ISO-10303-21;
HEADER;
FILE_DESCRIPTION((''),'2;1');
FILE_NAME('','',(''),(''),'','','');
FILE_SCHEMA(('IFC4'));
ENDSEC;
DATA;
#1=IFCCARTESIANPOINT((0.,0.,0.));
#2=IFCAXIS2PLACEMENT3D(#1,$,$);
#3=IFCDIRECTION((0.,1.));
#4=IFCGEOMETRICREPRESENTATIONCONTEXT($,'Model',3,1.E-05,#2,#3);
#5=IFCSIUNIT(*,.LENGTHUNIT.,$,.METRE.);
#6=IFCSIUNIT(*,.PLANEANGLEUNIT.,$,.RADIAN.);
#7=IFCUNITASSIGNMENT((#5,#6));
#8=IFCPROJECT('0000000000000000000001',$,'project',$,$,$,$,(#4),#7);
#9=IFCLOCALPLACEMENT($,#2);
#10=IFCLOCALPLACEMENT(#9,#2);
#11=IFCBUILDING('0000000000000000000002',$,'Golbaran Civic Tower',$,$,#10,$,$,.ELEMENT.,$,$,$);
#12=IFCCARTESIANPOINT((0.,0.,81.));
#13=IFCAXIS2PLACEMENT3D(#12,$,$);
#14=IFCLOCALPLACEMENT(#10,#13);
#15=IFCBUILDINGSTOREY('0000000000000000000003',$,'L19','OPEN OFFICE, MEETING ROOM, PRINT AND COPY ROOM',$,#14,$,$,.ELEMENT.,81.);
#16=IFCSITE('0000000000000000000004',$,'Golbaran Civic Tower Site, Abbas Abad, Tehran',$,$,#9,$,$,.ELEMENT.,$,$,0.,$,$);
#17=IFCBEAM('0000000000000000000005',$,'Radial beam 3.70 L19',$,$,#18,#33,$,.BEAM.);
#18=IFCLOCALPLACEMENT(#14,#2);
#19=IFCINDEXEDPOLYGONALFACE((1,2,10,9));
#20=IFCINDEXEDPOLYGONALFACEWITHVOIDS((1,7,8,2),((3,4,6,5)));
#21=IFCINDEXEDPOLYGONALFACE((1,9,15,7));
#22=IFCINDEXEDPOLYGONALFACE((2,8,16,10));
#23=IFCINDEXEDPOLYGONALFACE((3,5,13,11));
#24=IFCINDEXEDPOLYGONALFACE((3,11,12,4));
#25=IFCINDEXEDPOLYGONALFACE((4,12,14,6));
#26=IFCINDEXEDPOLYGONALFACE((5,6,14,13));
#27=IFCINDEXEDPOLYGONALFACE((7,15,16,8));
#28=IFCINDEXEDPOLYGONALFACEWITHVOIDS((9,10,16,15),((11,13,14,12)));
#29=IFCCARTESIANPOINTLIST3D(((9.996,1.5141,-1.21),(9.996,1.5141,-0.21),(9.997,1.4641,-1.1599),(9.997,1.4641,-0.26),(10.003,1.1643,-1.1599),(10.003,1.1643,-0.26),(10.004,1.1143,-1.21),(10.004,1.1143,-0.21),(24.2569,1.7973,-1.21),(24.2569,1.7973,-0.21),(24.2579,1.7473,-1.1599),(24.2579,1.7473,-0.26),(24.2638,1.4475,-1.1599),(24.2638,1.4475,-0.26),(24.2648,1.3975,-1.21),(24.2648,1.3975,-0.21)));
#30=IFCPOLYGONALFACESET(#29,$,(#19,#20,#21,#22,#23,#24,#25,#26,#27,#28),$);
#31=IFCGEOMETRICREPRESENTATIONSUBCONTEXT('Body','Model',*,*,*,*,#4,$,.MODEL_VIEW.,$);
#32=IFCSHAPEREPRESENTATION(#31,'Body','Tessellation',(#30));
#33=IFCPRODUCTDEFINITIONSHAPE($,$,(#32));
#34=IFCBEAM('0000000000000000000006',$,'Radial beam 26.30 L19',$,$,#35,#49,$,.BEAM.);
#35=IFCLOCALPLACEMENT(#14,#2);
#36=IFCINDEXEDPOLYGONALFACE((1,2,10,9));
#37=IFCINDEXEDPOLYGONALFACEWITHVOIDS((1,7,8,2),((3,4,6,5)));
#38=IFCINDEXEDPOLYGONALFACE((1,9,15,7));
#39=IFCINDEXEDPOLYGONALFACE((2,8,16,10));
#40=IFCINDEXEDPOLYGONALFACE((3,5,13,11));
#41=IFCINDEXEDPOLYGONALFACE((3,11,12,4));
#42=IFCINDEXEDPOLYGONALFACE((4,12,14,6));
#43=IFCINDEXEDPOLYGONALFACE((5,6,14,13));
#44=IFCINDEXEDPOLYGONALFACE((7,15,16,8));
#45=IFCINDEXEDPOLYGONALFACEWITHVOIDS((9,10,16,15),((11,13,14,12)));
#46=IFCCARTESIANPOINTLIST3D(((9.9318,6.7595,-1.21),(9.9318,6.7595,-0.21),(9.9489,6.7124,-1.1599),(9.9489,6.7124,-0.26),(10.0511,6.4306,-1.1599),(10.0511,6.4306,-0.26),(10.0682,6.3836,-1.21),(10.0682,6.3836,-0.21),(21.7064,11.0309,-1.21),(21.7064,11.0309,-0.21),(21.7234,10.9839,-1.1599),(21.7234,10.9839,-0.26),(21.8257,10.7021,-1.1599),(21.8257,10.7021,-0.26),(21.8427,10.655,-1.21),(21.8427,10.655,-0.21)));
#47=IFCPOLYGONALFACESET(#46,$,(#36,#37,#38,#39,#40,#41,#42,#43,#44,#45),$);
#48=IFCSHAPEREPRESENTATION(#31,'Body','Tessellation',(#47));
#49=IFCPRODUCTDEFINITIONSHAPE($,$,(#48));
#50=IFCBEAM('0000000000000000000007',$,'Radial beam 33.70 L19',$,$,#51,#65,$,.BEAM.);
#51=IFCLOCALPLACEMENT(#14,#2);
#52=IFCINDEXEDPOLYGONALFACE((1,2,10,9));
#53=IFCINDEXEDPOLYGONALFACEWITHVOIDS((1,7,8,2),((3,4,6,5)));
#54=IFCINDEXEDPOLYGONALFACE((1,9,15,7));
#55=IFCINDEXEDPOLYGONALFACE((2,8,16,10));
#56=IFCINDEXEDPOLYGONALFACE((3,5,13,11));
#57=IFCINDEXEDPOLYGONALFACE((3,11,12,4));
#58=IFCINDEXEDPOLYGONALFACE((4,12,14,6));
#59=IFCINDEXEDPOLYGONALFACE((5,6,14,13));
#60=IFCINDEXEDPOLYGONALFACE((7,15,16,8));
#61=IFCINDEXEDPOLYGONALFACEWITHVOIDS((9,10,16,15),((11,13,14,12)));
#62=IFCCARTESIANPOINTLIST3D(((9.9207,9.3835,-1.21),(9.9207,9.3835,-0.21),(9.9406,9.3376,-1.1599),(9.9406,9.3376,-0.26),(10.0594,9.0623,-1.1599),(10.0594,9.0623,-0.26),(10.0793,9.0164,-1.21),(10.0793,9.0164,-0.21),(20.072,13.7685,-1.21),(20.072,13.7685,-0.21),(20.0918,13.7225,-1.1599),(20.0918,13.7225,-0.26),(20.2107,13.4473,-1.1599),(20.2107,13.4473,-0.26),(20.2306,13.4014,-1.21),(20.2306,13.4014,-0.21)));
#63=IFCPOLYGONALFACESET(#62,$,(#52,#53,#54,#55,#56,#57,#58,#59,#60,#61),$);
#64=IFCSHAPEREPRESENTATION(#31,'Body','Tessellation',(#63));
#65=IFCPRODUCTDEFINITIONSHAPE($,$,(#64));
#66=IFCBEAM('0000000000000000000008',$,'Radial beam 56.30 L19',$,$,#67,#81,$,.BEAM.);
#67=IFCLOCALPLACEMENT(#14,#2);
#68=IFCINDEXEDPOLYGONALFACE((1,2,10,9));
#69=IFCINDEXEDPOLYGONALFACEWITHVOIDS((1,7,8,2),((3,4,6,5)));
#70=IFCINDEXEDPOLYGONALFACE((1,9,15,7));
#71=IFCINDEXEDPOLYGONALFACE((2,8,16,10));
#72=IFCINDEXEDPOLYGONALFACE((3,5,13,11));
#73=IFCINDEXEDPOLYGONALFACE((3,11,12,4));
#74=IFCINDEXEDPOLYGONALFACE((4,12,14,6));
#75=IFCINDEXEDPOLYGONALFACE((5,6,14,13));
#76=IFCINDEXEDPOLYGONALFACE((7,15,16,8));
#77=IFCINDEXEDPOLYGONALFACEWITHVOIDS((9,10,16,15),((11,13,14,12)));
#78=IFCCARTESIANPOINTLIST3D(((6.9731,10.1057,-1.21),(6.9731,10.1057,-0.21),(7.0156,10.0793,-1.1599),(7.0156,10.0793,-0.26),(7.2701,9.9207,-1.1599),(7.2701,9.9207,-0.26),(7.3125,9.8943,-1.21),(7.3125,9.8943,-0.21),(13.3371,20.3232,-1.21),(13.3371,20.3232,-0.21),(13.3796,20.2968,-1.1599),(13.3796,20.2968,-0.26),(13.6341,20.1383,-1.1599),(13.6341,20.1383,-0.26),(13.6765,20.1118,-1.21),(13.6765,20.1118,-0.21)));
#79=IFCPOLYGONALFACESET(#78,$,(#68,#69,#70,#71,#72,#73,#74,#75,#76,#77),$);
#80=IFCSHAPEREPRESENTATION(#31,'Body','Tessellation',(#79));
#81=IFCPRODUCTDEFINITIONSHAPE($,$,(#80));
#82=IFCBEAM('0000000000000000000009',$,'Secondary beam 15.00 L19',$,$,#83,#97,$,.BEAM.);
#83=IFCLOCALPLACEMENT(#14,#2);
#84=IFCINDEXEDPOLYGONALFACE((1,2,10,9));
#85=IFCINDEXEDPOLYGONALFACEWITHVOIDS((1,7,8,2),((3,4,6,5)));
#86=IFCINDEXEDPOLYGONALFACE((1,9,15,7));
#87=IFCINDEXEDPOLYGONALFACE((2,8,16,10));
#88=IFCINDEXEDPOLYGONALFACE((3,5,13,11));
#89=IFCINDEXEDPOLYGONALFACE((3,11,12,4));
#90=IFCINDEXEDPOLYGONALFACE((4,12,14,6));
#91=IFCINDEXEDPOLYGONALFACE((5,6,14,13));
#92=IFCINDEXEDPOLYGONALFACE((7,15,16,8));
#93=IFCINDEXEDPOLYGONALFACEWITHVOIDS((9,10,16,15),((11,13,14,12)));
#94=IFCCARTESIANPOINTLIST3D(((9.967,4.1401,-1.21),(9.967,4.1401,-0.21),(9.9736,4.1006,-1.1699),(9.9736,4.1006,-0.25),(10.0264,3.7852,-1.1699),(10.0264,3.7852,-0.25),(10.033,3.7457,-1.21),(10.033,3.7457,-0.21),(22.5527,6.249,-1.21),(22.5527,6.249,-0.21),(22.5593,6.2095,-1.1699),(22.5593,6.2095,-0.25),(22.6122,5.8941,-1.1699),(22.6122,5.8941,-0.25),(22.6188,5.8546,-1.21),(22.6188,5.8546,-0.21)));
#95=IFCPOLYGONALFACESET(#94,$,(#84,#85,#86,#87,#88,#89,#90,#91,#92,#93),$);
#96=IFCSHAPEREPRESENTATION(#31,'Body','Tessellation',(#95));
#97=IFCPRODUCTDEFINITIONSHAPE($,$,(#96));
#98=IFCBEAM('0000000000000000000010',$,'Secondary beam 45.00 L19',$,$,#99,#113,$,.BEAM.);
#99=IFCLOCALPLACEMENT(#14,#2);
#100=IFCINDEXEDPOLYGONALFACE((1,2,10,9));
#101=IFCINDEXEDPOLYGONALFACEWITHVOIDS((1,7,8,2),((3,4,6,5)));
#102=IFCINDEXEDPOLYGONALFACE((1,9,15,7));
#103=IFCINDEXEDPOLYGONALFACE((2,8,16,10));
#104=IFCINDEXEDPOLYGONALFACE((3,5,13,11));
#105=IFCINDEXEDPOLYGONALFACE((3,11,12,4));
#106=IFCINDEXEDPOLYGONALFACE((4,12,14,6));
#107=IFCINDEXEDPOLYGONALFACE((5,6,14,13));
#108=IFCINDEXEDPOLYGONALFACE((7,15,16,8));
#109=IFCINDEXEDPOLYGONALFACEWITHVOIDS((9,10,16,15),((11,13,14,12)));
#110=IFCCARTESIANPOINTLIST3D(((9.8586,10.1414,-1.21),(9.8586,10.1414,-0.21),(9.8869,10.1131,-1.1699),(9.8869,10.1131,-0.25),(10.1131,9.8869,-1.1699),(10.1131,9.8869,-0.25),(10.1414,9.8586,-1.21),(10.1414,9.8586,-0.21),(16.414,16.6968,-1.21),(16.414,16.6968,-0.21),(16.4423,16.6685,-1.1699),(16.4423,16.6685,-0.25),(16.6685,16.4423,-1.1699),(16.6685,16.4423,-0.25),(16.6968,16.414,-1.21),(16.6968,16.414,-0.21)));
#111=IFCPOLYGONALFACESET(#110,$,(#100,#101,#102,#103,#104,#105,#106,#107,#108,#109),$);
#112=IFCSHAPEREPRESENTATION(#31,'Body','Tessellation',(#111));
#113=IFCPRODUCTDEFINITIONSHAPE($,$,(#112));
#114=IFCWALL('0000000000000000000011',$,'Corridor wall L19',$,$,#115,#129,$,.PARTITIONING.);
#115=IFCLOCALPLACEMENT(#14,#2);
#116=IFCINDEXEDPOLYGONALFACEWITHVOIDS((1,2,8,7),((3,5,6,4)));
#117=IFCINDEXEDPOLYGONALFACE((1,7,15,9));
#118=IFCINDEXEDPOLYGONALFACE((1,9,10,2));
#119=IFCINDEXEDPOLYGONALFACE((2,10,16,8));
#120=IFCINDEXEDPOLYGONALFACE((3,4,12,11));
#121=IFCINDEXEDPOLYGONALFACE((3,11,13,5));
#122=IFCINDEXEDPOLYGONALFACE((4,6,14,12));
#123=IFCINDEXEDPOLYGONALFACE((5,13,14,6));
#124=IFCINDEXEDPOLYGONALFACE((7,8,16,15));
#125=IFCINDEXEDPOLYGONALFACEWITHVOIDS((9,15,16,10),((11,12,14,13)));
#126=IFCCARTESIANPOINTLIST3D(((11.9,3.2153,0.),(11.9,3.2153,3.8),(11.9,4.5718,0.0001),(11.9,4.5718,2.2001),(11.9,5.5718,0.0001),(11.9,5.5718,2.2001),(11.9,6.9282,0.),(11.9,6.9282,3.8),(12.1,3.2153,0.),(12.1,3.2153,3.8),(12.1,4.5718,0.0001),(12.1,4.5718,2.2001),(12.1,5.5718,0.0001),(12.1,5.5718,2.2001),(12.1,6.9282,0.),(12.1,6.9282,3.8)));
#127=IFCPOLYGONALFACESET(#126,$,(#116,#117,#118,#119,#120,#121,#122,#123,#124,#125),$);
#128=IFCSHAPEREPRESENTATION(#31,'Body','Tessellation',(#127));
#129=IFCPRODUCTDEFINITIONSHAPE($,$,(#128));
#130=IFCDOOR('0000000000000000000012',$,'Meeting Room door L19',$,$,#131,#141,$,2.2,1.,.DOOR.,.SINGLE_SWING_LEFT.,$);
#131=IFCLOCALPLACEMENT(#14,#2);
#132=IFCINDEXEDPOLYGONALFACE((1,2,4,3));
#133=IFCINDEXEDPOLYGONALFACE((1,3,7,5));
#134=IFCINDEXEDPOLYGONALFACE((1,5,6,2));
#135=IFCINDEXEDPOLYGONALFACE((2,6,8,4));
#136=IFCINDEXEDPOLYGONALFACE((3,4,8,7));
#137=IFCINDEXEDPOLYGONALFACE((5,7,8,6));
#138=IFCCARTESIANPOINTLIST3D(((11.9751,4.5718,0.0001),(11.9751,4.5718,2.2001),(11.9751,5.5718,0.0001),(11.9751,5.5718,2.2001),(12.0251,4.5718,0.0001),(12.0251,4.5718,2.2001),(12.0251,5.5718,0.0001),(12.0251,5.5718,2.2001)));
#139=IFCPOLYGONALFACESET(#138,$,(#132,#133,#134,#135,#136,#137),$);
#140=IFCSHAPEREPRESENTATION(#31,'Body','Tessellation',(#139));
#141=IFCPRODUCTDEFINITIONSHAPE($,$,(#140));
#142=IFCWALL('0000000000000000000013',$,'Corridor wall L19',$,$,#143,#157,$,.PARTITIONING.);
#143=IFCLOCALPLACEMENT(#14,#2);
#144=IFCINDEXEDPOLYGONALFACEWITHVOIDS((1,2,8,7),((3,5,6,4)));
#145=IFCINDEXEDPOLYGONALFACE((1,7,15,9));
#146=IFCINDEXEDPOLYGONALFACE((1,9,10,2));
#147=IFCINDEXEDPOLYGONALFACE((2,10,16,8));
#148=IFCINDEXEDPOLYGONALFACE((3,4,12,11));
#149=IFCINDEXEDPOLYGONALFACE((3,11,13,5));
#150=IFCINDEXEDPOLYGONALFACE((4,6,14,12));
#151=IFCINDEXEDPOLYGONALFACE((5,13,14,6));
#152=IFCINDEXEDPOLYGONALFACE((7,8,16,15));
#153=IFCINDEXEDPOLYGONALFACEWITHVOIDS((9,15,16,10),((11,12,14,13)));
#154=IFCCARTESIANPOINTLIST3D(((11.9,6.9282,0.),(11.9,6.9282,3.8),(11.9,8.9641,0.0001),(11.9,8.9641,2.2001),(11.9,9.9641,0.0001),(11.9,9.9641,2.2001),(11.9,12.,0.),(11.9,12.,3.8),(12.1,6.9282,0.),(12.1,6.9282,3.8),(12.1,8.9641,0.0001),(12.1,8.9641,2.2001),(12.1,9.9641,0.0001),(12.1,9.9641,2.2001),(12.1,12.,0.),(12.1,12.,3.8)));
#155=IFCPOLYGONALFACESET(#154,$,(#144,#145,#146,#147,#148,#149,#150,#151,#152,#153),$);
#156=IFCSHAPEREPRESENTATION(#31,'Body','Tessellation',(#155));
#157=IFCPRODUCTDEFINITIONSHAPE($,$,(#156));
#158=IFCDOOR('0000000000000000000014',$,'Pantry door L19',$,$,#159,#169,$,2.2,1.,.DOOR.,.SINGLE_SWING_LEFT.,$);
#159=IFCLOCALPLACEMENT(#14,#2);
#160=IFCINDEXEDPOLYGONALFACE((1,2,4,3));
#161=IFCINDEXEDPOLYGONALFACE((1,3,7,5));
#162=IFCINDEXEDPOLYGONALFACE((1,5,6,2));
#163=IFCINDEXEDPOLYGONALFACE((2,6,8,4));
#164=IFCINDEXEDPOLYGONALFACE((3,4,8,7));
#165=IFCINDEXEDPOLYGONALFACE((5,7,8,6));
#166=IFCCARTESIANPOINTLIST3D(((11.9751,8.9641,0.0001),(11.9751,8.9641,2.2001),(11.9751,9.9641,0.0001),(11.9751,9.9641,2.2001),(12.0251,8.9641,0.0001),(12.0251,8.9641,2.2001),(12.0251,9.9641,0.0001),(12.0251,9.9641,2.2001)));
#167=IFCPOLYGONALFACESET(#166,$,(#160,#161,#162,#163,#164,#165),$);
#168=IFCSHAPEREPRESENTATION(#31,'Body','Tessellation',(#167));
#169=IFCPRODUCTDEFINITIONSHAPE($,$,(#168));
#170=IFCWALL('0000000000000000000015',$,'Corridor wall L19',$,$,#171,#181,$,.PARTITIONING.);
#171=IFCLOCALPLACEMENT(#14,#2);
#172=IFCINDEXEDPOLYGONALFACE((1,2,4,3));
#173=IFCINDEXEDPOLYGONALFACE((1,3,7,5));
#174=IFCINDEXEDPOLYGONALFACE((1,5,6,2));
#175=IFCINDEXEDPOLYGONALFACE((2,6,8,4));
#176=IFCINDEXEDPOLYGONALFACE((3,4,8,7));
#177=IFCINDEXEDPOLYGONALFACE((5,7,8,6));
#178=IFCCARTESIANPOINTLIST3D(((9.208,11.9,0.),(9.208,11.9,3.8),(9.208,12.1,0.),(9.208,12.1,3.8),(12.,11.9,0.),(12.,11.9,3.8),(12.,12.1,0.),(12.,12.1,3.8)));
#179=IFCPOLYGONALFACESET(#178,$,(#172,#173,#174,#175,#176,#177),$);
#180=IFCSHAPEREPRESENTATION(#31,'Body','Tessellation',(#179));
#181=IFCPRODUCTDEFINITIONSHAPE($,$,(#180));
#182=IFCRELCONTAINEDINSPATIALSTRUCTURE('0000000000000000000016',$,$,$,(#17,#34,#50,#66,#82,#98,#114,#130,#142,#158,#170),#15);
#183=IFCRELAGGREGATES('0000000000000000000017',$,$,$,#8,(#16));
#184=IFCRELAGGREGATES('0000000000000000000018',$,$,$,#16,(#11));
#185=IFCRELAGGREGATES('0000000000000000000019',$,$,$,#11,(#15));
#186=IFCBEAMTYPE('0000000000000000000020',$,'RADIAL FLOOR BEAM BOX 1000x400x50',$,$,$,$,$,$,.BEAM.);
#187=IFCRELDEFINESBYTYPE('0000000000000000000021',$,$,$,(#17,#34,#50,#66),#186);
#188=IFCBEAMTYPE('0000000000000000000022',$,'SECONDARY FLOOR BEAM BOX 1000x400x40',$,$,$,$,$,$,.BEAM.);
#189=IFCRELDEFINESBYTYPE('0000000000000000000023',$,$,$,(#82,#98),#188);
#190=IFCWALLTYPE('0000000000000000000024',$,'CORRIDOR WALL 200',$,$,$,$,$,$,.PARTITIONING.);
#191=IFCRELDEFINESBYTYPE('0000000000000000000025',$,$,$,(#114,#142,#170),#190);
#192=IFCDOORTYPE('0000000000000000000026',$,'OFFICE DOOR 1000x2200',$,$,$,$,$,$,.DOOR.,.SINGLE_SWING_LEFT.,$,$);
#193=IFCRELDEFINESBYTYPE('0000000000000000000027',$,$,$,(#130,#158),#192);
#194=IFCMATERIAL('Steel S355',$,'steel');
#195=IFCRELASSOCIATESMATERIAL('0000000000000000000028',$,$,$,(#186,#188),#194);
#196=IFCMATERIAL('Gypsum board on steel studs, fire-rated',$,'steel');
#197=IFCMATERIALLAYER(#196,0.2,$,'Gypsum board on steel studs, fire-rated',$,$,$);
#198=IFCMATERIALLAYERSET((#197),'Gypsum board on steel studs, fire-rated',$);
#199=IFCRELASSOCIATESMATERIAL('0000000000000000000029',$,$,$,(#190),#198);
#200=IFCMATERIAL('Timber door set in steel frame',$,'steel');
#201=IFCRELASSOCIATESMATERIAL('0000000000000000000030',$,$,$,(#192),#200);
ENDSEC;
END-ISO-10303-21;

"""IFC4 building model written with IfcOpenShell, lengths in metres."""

from ifc_helpers import new_model, si_unit, direction, frame, frame_2d, origin, origin_2d, place, context, subcontext, project, spatial, rectangle, hollow_rectangle, extrude, material, layer, layer_set, material_profile, profile_set, type_object, element, fill, save


model = new_model("IFC4")

# Units and contexts
model_context = context("Model", 3, precision=1e-05, world=origin(), true_north=direction((0.0, 1.0)))
body_context = subcontext(model_context, "Body", "Model", "MODEL_VIEW")
ifc_project = project(units=[si_unit("LENGTHUNIT", "METRE"), si_unit("PLANEANGLEUNIT", "RADIAN")], contexts=[model_context])

# Site, building, storey
site_placement = place(None, origin())
site = spatial("IfcSite", under=ifc_project, at=site_placement, Name="Golbaran Civic Tower Site, Abbas Abad, Tehran", CompositionType="ELEMENT", RefElevation=0.0)
building_placement = place(site_placement, origin())
building = spatial("IfcBuilding", under=site, at=building_placement, Name="Golbaran Civic Tower", CompositionType="ELEMENT")
storey_placement = place(building_placement, frame((0.0, 0.0, 81.0)))
storey = spatial("IfcBuildingStorey", under=building, at=storey_placement, Name="L19", Description="OPEN OFFICE, MEETING ROOM, PRINT AND COPY ROOM", CompositionType="ELEMENT", Elevation=81.0)

# Beams
ifc_material_1 = material(Name="Steel S355", Category="steel")
ifc_material_profile_1 = material_profile(ifc_material_1, hollow_rectangle(XDim=0.3999, YDim=1.0, WallThickness=0.05, at=origin_2d()), Name="BOX 1000x400x50")
ifc_profile_set_1 = profile_set([ifc_material_profile_1], Name="Steel S355")
beam_type_1 = type_object("IfcBeamType", Name="RADIAL FLOOR BEAM BOX 1000x400x50", PredefinedType="BEAM", material=ifc_profile_set_1)
beam_1_placement = place(storey_placement, frame((10.0, 1.3142, -0.71), z_axis=(0.999803, 0.019855, 0.0), x_axis=(-0.019855, 0.999803, 0.0)))
element("IfcBeam", 1, at=beam_1_placement, inside=storey, type_object=beam_type_1, Name="Radial beam 3.70 L19", PredefinedType="BEAM", context=body_context, shape_type="SweptSolid", body=[
    extrude(hollow_rectangle(XDim=0.3999, YDim=1.0, WallThickness=0.05, at=origin_2d()), origin(), (0.0, 0.0, 1.0), 14.2637),
])
beam_2_placement = place(storey_placement, frame((10.0, 6.5715, -0.71), z_axis=(0.940055, 0.341023, 0.0), x_axis=(-0.341023, 0.940055, 0.0)))
element("IfcBeam", 2, at=beam_2_placement, inside=storey, type_object=beam_type_1, Name="Radial beam 26.30 L19", PredefinedType="BEAM", context=body_context, shape_type="SweptSolid", body=[
    extrude(hollow_rectangle(XDim=0.3999, YDim=1.0, WallThickness=0.05, at=origin_2d()), origin(), (0.0, 0.0, 1.0), 12.5254),
])
beam_3_placement = place(storey_placement, frame((10.0, 9.2, -0.71), z_axis=(0.918014, 0.396548, 0.0), x_axis=(-0.396548, 0.918014, 0.0)))
element("IfcBeam", 3, at=beam_3_placement, inside=storey, type_object=beam_type_1, Name="Radial beam 33.70 L19", PredefinedType="BEAM", context=body_context, shape_type="SweptSolid", body=[
    extrude(hollow_rectangle(XDim=0.3999, YDim=1.0, WallThickness=0.05, at=origin_2d()), origin(), (0.0, 0.0, 1.0), 11.0579),
])
beam_4_placement = place(storey_placement, frame((7.1428, 10.0, -0.71), z_axis=(0.528688, 0.848817, 0.0), x_axis=(-0.848817, 0.528688, 0.0)))
element("IfcBeam", 4, at=beam_4_placement, inside=storey, type_object=beam_type_1, Name="Radial beam 56.30 L19", PredefinedType="BEAM", context=body_context, shape_type="SweptSolid", body=[
    extrude(hollow_rectangle(XDim=0.3999, YDim=1.0, WallThickness=0.05, at=origin_2d()), origin(), (0.0, 0.0, 1.0), 12.0374),
])
ifc_material_profile_2 = material_profile(ifc_material_1, hollow_rectangle(XDim=0.3999, YDim=1.0, WallThickness=0.04, at=origin_2d()), Name="BOX 1000x400x40")
ifc_profile_set_2 = profile_set([ifc_material_profile_2], Name="Steel S355")
beam_type_2 = type_object("IfcBeamType", Name="SECONDARY FLOOR BEAM BOX 1000x400x40", PredefinedType="BEAM", material=ifc_profile_set_2)
beam_5_placement = place(storey_placement, frame((10.0, 3.9429, -0.71), z_axis=(0.98625, 0.165258, 0.0), x_axis=(-0.165258, 0.98625, 0.0)))
element("IfcBeam", 5, at=beam_5_placement, inside=storey, type_object=beam_type_2, Name="Secondary beam 15.00 L19", PredefinedType="BEAM", context=body_context, shape_type="SweptSolid", body=[
    extrude(hollow_rectangle(XDim=0.3999, YDim=1.0, WallThickness=0.04, at=origin_2d()), origin(), (0.0, 0.0, 1.0), 12.7612),
])
beam_6_placement = place(storey_placement, frame((10.0, 10.0, -0.71), z_axis=(0.707107, 0.707107, 0.0), x_axis=(-0.707107, 0.707107, 0.0)))
element("IfcBeam", 6, at=beam_6_placement, inside=storey, type_object=beam_type_2, Name="Secondary beam 45.00 L19", PredefinedType="BEAM", context=body_context, shape_type="SweptSolid", body=[
    extrude(hollow_rectangle(XDim=0.3999, YDim=1.0, WallThickness=0.04, at=origin_2d()), origin(), (0.0, 0.0, 1.0), 9.2708),
])

# Walls, openings, doors
ifc_material_2 = material(Name="Gypsum board on steel studs, fire-rated", Category="steel")
ifc_layer_1 = layer(ifc_material_2, 0.2, Name="Gypsum board on steel studs, fire-rated")
ifc_layer_set_1 = layer_set([ifc_layer_1], Name="Gypsum board on steel studs, fire-rated")
wall_type_1 = type_object("IfcWallType", Name="CORRIDOR WALL 200", PredefinedType="PARTITIONING", material=ifc_layer_set_1)
wall_1_placement = place(storey_placement, frame((12.0, 3.2153, 0.0), z_axis=(0.0, 0.0, 1.0), x_axis=(0.0, 1.0, 0.0)))
wall_1 = element("IfcWall", 7, at=wall_1_placement, inside=storey, type_object=wall_type_1, Name="Corridor wall L19", PredefinedType="PARTITIONING", context=body_context, shape_type="SweptSolid", body=[
    extrude(rectangle(XDim=3.7129, YDim=0.2, at=frame_2d((1.8564, 0.0))), origin(), (0.0, 0.0, 1.0), 3.8),
])
opening_1_placement = place(wall_1_placement, frame((1.3564, 0.0, 0.0)))
opening_1 = element("IfcOpeningElement", 8, at=opening_1_placement, cuts=wall_1, PredefinedType="OPENING", context=body_context, shape_type="SweptSolid", body=[
    extrude(rectangle(XDim=1.0, YDim=2.2, at=frame_2d((0.5, 1.1001))), frame((0.0, 0.1099, 0.0), z_axis=(0.0, -1.0, 0.0), x_axis=(1.0, 0.0, 0.0)), (0.0, 0.0, 1.0), 0.22),
])
ifc_material_3 = material(Name="Timber door set in steel frame", Category="steel")
door_type_1 = type_object("IfcDoorType", Name="OFFICE DOOR 1000x2200", OperationType="SINGLE_SWING_LEFT", PredefinedType="DOOR", material=ifc_material_3)
door_1_placement = place(opening_1_placement, origin())
door_1 = element("IfcDoor", 9, at=door_1_placement, inside=storey, type_object=door_type_1, Name="Meeting Room door L19", OperationType="SINGLE_SWING_LEFT", OverallHeight=2.2, OverallWidth=1.0, PredefinedType="DOOR", context=body_context, shape_type="SweptSolid", body=[
    extrude(rectangle(XDim=1.0, YDim=2.2, at=frame_2d((0.5, 1.1001))), frame((0.0, 0.0249, 0.0), z_axis=(0.0, -1.0, 0.0), x_axis=(1.0, 0.0, 0.0)), (0.0, 0.0, 1.0), 0.05),
])
fill(opening_1, door_1)
wall_2_placement = place(storey_placement, frame((12.0, 6.9282, 0.0), z_axis=(0.0, 0.0, 1.0), x_axis=(0.0, 1.0, 0.0)))
wall_2 = element("IfcWall", 10, at=wall_2_placement, inside=storey, type_object=wall_type_1, Name="Corridor wall L19", PredefinedType="PARTITIONING", context=body_context, shape_type="SweptSolid", body=[
    extrude(rectangle(XDim=5.0718, YDim=0.2, at=frame_2d((2.5359, 0.0))), origin(), (0.0, 0.0, 1.0), 3.8),
])
opening_2_placement = place(wall_2_placement, frame((2.0359, 0.0, 0.0)))
opening_2 = element("IfcOpeningElement", 11, at=opening_2_placement, cuts=wall_2, PredefinedType="OPENING", context=body_context, shape_type="SweptSolid", body=[
    extrude(rectangle(XDim=1.0, YDim=2.2, at=frame_2d((0.5, 1.1001))), frame((0.0, 0.1099, 0.0), z_axis=(0.0, -1.0, 0.0), x_axis=(1.0, 0.0, 0.0)), (0.0, 0.0, 1.0), 0.22),
])
door_2_placement = place(opening_2_placement, origin())
door_2 = element("IfcDoor", 12, at=door_2_placement, inside=storey, type_object=door_type_1, Name="Pantry door L19", OperationType="SINGLE_SWING_LEFT", OverallHeight=2.2, OverallWidth=1.0, PredefinedType="DOOR", context=body_context, shape_type="SweptSolid", body=[
    extrude(rectangle(XDim=1.0, YDim=2.2, at=frame_2d((0.5, 1.1001))), frame((0.0, 0.0249, 0.0), z_axis=(0.0, -1.0, 0.0), x_axis=(1.0, 0.0, 0.0)), (0.0, 0.0, 1.0), 0.05),
])
fill(opening_2, door_2)

# Wall
wall_3_placement = place(storey_placement, frame((12.0, 12.0, 0.0), z_axis=(0.0, 0.0, 1.0), x_axis=(-1.0, 0.0, 0.0)))
element("IfcWall", 13, at=wall_3_placement, inside=storey, type_object=wall_type_1, Name="Corridor wall L19", PredefinedType="PARTITIONING", context=body_context, shape_type="SweptSolid", body=[
    extrude(rectangle(XDim=2.792, YDim=0.2, at=frame_2d((1.396, 0.0))), origin(), (0.0, 0.0, 1.0), 3.8),
])

save(model, "model.ifc")
